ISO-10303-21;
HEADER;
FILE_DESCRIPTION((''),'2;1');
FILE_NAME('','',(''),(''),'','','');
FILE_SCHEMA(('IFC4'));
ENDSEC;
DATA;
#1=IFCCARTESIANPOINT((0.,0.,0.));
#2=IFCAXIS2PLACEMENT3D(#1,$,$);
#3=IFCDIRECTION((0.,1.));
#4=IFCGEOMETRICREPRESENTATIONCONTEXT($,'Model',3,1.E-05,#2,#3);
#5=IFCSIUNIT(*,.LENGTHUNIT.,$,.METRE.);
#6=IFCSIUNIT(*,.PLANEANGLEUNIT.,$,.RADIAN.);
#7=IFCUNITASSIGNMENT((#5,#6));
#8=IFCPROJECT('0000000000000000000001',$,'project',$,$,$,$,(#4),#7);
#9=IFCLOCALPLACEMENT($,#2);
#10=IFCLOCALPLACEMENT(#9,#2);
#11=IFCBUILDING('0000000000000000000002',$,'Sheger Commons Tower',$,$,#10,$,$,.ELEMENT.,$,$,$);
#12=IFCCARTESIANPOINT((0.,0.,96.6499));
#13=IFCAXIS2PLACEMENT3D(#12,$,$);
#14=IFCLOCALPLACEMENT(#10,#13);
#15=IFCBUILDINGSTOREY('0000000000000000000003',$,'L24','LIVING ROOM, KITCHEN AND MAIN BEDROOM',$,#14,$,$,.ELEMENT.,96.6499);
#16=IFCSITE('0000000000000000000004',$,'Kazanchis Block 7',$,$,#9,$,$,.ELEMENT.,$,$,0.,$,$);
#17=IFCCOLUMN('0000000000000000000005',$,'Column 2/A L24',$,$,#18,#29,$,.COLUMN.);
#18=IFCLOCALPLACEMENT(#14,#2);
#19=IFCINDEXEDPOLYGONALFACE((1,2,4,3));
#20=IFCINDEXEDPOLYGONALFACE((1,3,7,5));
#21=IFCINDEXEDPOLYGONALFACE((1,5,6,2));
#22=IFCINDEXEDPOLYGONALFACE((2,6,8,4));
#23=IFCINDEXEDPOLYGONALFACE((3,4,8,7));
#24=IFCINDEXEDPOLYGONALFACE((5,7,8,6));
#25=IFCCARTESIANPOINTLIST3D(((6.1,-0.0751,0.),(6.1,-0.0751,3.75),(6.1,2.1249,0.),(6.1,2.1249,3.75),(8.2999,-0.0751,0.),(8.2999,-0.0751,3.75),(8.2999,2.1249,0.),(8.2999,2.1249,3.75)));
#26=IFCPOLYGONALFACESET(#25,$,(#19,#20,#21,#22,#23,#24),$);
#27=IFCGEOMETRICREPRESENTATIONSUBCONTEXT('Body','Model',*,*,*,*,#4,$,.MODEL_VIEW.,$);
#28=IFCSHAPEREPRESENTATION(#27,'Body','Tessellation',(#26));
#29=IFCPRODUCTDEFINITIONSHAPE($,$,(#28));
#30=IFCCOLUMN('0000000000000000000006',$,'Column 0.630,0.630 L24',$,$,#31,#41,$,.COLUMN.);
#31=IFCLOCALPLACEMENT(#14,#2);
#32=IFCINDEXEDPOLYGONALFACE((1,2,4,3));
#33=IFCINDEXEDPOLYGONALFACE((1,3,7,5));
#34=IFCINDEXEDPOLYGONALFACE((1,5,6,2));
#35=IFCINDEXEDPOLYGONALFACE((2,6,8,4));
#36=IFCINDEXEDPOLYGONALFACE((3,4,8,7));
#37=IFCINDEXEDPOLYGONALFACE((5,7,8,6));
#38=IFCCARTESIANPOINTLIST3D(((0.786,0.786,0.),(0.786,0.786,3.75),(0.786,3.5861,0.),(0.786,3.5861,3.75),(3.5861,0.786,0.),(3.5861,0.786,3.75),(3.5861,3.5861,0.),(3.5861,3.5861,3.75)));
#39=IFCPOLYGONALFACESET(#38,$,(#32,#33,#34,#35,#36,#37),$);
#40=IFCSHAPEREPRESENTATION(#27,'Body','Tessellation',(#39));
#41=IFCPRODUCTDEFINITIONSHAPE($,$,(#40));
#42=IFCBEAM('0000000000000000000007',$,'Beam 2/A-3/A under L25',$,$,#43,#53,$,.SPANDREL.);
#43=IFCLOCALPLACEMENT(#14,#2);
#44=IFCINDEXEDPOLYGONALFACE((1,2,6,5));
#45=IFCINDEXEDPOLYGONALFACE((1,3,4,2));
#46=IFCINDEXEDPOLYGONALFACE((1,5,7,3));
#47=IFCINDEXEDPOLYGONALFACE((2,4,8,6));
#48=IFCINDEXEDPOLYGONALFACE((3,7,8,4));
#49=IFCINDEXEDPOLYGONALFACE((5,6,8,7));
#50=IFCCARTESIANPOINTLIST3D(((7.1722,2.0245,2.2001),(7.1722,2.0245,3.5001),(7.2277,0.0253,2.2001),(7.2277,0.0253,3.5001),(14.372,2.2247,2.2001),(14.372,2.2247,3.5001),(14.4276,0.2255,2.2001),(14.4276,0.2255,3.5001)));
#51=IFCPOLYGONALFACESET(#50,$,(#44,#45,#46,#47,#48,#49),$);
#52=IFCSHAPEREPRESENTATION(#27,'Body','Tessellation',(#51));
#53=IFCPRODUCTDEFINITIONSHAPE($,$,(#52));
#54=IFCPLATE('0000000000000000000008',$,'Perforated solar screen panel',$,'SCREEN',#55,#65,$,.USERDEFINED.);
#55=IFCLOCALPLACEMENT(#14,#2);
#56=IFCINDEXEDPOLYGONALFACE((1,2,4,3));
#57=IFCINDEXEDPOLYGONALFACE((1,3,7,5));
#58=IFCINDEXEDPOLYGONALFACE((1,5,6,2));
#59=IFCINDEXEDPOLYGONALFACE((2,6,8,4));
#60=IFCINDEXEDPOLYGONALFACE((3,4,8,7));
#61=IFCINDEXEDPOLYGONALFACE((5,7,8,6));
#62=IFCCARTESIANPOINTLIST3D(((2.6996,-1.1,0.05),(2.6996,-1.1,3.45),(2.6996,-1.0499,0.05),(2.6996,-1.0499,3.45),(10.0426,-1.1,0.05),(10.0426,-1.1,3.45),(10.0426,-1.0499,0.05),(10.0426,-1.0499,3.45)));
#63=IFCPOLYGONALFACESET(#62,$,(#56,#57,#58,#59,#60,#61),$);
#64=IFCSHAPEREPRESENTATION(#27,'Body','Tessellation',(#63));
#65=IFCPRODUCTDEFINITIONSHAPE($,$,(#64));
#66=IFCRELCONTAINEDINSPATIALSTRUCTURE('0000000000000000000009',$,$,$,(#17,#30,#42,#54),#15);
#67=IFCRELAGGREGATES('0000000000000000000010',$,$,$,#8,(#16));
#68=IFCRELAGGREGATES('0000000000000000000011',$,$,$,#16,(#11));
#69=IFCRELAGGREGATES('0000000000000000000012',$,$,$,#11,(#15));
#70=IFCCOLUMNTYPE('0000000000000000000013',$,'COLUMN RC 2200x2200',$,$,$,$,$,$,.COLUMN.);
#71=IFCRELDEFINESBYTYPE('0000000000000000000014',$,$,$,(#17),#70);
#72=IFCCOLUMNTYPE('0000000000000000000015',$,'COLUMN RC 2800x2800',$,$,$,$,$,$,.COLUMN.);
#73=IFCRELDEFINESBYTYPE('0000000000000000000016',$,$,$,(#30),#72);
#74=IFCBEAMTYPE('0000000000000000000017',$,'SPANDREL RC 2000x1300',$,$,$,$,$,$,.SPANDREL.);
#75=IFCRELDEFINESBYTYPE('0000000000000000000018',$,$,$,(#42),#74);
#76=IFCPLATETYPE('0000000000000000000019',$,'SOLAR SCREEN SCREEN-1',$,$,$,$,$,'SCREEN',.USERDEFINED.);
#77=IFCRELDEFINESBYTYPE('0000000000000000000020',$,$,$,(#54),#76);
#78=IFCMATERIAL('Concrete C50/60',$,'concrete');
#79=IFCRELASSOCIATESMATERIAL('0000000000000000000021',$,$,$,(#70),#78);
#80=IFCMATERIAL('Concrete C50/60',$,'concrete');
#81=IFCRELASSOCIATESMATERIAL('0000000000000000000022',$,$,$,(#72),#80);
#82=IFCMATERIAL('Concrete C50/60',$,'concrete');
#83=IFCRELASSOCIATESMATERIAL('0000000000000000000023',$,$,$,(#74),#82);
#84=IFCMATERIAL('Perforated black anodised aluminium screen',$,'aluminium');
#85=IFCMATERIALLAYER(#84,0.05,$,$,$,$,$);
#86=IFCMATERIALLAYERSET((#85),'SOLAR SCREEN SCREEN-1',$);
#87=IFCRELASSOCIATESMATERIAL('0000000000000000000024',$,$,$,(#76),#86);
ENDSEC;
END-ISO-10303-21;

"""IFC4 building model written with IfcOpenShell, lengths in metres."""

from ifc_helpers import new_model, si_unit, direction, frame, origin, origin_2d, place, context, subcontext, project, spatial, rectangle, extrude, material, layer, layer_set, material_profile, profile_set, type_object, element, save


model = new_model("IFC4")

# Units and contexts
model_context = context("Model", 3, precision=1e-05, world=origin(), true_north=direction((0.0, 1.0)))
body_context = subcontext(model_context, "Body", "Model", "MODEL_VIEW")
ifc_project = project(units=[si_unit("LENGTHUNIT", "METRE"), si_unit("PLANEANGLEUNIT", "RADIAN")], contexts=[model_context])

# Site, building, storey
site_placement = place(None, origin())
site = spatial("IfcSite", under=ifc_project, at=site_placement, Name="Kazanchis Block 7", CompositionType="ELEMENT", RefElevation=0.0)
building_placement = place(site_placement, origin())
building = spatial("IfcBuilding", under=site, at=building_placement, Name="Sheger Commons Tower", CompositionType="ELEMENT")
storey_placement = place(building_placement, frame((0.0, 0.0, 96.6499)))
storey = spatial("IfcBuildingStorey", under=building, at=storey_placement, Name="L24", Description="LIVING ROOM, KITCHEN AND MAIN BEDROOM", CompositionType="ELEMENT", Elevation=96.6499)

# Columns
ifc_material_1 = material(Name="Concrete C50/60", Category="concrete")
ifc_material_profile_1 = material_profile(ifc_material_1, rectangle(XDim=2.2, YDim=2.2, at=origin_2d()), Name="RC 2200x2200")
ifc_profile_set_1 = profile_set([ifc_material_profile_1], Name="Concrete C50/60")
column_type_1 = type_object("IfcColumnType", Name="COLUMN RC 2200x2200", PredefinedType="COLUMN", material=ifc_profile_set_1)
column_1_placement = place(storey_placement, frame((7.2, 1.0249, 0.0), z_axis=(0.0, 0.0, 1.0), x_axis=(1.0, 0.0, 0.0)))
element("IfcColumn", 1, at=column_1_placement, inside=storey, type_object=column_type_1, Name="Column 2/A L24", PredefinedType="COLUMN", context=body_context, shape_type="SweptSolid", body=[
    extrude(rectangle(XDim=2.2, YDim=2.2, at=origin_2d()), origin(), (0.0, 0.0, 1.0), 3.75),
])
ifc_material_2 = material(Name="Concrete C50/60", Category="concrete")
ifc_material_profile_2 = material_profile(ifc_material_2, rectangle(XDim=2.8, YDim=2.8, at=origin_2d()), Name="RC 2800x2800")
ifc_profile_set_2 = profile_set([ifc_material_profile_2], Name="Concrete C50/60")
column_type_2 = type_object("IfcColumnType", Name="COLUMN RC 2800x2800", PredefinedType="COLUMN", material=ifc_profile_set_2)
column_2_placement = place(storey_placement, frame((2.186, 2.186, 0.0), z_axis=(0.0, 0.0, 1.0), x_axis=(1.0, 0.0, 0.0)))
element("IfcColumn", 2, at=column_2_placement, inside=storey, type_object=column_type_2, Name="Column 0.630,0.630 L24", PredefinedType="COLUMN", context=body_context, shape_type="SweptSolid", body=[
    extrude(rectangle(XDim=2.8, YDim=2.8, at=origin_2d()), origin(), (0.0, 0.0, 1.0), 3.75),
])

# Beam
ifc_material_3 = material(Name="Concrete C50/60", Category="concrete")
ifc_material_profile_3 = material_profile(ifc_material_3, rectangle(XDim=2.0, YDim=1.3, at=origin_2d()), Name="RC 2000x1300")
ifc_profile_set_3 = profile_set([ifc_material_profile_3], Name="Concrete C50/60")
beam_type = type_object("IfcBeamType", Name="SPANDREL RC 2000x1300", PredefinedType="SPANDREL", material=ifc_profile_set_3)
beam_placement = place(storey_placement, frame((7.2, 1.0249, 2.8501), z_axis=(0.999614, 0.027794, 0.0), x_axis=(-0.027794, 0.999614, 0.0)))
element("IfcBeam", 3, at=beam_placement, inside=storey, type_object=beam_type, Name="Beam 2/A-3/A under L25", PredefinedType="SPANDREL", context=body_context, shape_type="SweptSolid", body=[
    extrude(rectangle(XDim=2.0, YDim=1.3, at=origin_2d()), origin(), (0.0, 0.0, 1.0), 7.2026),
])

# Plate
ifc_material_4 = material(Name="Perforated black anodised aluminium screen", Category="aluminium")
ifc_layer_1 = layer(ifc_material_4, 0.05)
ifc_layer_set_1 = layer_set([ifc_layer_1], Name="SOLAR SCREEN SCREEN-1")
plate_type = type_object("IfcPlateType", Name="SOLAR SCREEN SCREEN-1", ElementType="SCREEN", PredefinedType="USERDEFINED", material=ifc_layer_set_1)
plate_placement = place(storey_placement, frame((6.3711, -1.075, 0.05), z_axis=(0.0, 0.0, 1.0), x_axis=(1.0, 0.0, 0.0)))
element("IfcPlate", 4, at=plate_placement, inside=storey, type_object=plate_type, Name="Perforated solar screen panel", ObjectType="SCREEN", PredefinedType="USERDEFINED", context=body_context, shape_type="SweptSolid", body=[
    extrude(rectangle(XDim=7.343, YDim=0.05, at=origin_2d()), origin(), (0.0, 0.0, 1.0), 3.3999),
])

save(model, "model.ifc")
